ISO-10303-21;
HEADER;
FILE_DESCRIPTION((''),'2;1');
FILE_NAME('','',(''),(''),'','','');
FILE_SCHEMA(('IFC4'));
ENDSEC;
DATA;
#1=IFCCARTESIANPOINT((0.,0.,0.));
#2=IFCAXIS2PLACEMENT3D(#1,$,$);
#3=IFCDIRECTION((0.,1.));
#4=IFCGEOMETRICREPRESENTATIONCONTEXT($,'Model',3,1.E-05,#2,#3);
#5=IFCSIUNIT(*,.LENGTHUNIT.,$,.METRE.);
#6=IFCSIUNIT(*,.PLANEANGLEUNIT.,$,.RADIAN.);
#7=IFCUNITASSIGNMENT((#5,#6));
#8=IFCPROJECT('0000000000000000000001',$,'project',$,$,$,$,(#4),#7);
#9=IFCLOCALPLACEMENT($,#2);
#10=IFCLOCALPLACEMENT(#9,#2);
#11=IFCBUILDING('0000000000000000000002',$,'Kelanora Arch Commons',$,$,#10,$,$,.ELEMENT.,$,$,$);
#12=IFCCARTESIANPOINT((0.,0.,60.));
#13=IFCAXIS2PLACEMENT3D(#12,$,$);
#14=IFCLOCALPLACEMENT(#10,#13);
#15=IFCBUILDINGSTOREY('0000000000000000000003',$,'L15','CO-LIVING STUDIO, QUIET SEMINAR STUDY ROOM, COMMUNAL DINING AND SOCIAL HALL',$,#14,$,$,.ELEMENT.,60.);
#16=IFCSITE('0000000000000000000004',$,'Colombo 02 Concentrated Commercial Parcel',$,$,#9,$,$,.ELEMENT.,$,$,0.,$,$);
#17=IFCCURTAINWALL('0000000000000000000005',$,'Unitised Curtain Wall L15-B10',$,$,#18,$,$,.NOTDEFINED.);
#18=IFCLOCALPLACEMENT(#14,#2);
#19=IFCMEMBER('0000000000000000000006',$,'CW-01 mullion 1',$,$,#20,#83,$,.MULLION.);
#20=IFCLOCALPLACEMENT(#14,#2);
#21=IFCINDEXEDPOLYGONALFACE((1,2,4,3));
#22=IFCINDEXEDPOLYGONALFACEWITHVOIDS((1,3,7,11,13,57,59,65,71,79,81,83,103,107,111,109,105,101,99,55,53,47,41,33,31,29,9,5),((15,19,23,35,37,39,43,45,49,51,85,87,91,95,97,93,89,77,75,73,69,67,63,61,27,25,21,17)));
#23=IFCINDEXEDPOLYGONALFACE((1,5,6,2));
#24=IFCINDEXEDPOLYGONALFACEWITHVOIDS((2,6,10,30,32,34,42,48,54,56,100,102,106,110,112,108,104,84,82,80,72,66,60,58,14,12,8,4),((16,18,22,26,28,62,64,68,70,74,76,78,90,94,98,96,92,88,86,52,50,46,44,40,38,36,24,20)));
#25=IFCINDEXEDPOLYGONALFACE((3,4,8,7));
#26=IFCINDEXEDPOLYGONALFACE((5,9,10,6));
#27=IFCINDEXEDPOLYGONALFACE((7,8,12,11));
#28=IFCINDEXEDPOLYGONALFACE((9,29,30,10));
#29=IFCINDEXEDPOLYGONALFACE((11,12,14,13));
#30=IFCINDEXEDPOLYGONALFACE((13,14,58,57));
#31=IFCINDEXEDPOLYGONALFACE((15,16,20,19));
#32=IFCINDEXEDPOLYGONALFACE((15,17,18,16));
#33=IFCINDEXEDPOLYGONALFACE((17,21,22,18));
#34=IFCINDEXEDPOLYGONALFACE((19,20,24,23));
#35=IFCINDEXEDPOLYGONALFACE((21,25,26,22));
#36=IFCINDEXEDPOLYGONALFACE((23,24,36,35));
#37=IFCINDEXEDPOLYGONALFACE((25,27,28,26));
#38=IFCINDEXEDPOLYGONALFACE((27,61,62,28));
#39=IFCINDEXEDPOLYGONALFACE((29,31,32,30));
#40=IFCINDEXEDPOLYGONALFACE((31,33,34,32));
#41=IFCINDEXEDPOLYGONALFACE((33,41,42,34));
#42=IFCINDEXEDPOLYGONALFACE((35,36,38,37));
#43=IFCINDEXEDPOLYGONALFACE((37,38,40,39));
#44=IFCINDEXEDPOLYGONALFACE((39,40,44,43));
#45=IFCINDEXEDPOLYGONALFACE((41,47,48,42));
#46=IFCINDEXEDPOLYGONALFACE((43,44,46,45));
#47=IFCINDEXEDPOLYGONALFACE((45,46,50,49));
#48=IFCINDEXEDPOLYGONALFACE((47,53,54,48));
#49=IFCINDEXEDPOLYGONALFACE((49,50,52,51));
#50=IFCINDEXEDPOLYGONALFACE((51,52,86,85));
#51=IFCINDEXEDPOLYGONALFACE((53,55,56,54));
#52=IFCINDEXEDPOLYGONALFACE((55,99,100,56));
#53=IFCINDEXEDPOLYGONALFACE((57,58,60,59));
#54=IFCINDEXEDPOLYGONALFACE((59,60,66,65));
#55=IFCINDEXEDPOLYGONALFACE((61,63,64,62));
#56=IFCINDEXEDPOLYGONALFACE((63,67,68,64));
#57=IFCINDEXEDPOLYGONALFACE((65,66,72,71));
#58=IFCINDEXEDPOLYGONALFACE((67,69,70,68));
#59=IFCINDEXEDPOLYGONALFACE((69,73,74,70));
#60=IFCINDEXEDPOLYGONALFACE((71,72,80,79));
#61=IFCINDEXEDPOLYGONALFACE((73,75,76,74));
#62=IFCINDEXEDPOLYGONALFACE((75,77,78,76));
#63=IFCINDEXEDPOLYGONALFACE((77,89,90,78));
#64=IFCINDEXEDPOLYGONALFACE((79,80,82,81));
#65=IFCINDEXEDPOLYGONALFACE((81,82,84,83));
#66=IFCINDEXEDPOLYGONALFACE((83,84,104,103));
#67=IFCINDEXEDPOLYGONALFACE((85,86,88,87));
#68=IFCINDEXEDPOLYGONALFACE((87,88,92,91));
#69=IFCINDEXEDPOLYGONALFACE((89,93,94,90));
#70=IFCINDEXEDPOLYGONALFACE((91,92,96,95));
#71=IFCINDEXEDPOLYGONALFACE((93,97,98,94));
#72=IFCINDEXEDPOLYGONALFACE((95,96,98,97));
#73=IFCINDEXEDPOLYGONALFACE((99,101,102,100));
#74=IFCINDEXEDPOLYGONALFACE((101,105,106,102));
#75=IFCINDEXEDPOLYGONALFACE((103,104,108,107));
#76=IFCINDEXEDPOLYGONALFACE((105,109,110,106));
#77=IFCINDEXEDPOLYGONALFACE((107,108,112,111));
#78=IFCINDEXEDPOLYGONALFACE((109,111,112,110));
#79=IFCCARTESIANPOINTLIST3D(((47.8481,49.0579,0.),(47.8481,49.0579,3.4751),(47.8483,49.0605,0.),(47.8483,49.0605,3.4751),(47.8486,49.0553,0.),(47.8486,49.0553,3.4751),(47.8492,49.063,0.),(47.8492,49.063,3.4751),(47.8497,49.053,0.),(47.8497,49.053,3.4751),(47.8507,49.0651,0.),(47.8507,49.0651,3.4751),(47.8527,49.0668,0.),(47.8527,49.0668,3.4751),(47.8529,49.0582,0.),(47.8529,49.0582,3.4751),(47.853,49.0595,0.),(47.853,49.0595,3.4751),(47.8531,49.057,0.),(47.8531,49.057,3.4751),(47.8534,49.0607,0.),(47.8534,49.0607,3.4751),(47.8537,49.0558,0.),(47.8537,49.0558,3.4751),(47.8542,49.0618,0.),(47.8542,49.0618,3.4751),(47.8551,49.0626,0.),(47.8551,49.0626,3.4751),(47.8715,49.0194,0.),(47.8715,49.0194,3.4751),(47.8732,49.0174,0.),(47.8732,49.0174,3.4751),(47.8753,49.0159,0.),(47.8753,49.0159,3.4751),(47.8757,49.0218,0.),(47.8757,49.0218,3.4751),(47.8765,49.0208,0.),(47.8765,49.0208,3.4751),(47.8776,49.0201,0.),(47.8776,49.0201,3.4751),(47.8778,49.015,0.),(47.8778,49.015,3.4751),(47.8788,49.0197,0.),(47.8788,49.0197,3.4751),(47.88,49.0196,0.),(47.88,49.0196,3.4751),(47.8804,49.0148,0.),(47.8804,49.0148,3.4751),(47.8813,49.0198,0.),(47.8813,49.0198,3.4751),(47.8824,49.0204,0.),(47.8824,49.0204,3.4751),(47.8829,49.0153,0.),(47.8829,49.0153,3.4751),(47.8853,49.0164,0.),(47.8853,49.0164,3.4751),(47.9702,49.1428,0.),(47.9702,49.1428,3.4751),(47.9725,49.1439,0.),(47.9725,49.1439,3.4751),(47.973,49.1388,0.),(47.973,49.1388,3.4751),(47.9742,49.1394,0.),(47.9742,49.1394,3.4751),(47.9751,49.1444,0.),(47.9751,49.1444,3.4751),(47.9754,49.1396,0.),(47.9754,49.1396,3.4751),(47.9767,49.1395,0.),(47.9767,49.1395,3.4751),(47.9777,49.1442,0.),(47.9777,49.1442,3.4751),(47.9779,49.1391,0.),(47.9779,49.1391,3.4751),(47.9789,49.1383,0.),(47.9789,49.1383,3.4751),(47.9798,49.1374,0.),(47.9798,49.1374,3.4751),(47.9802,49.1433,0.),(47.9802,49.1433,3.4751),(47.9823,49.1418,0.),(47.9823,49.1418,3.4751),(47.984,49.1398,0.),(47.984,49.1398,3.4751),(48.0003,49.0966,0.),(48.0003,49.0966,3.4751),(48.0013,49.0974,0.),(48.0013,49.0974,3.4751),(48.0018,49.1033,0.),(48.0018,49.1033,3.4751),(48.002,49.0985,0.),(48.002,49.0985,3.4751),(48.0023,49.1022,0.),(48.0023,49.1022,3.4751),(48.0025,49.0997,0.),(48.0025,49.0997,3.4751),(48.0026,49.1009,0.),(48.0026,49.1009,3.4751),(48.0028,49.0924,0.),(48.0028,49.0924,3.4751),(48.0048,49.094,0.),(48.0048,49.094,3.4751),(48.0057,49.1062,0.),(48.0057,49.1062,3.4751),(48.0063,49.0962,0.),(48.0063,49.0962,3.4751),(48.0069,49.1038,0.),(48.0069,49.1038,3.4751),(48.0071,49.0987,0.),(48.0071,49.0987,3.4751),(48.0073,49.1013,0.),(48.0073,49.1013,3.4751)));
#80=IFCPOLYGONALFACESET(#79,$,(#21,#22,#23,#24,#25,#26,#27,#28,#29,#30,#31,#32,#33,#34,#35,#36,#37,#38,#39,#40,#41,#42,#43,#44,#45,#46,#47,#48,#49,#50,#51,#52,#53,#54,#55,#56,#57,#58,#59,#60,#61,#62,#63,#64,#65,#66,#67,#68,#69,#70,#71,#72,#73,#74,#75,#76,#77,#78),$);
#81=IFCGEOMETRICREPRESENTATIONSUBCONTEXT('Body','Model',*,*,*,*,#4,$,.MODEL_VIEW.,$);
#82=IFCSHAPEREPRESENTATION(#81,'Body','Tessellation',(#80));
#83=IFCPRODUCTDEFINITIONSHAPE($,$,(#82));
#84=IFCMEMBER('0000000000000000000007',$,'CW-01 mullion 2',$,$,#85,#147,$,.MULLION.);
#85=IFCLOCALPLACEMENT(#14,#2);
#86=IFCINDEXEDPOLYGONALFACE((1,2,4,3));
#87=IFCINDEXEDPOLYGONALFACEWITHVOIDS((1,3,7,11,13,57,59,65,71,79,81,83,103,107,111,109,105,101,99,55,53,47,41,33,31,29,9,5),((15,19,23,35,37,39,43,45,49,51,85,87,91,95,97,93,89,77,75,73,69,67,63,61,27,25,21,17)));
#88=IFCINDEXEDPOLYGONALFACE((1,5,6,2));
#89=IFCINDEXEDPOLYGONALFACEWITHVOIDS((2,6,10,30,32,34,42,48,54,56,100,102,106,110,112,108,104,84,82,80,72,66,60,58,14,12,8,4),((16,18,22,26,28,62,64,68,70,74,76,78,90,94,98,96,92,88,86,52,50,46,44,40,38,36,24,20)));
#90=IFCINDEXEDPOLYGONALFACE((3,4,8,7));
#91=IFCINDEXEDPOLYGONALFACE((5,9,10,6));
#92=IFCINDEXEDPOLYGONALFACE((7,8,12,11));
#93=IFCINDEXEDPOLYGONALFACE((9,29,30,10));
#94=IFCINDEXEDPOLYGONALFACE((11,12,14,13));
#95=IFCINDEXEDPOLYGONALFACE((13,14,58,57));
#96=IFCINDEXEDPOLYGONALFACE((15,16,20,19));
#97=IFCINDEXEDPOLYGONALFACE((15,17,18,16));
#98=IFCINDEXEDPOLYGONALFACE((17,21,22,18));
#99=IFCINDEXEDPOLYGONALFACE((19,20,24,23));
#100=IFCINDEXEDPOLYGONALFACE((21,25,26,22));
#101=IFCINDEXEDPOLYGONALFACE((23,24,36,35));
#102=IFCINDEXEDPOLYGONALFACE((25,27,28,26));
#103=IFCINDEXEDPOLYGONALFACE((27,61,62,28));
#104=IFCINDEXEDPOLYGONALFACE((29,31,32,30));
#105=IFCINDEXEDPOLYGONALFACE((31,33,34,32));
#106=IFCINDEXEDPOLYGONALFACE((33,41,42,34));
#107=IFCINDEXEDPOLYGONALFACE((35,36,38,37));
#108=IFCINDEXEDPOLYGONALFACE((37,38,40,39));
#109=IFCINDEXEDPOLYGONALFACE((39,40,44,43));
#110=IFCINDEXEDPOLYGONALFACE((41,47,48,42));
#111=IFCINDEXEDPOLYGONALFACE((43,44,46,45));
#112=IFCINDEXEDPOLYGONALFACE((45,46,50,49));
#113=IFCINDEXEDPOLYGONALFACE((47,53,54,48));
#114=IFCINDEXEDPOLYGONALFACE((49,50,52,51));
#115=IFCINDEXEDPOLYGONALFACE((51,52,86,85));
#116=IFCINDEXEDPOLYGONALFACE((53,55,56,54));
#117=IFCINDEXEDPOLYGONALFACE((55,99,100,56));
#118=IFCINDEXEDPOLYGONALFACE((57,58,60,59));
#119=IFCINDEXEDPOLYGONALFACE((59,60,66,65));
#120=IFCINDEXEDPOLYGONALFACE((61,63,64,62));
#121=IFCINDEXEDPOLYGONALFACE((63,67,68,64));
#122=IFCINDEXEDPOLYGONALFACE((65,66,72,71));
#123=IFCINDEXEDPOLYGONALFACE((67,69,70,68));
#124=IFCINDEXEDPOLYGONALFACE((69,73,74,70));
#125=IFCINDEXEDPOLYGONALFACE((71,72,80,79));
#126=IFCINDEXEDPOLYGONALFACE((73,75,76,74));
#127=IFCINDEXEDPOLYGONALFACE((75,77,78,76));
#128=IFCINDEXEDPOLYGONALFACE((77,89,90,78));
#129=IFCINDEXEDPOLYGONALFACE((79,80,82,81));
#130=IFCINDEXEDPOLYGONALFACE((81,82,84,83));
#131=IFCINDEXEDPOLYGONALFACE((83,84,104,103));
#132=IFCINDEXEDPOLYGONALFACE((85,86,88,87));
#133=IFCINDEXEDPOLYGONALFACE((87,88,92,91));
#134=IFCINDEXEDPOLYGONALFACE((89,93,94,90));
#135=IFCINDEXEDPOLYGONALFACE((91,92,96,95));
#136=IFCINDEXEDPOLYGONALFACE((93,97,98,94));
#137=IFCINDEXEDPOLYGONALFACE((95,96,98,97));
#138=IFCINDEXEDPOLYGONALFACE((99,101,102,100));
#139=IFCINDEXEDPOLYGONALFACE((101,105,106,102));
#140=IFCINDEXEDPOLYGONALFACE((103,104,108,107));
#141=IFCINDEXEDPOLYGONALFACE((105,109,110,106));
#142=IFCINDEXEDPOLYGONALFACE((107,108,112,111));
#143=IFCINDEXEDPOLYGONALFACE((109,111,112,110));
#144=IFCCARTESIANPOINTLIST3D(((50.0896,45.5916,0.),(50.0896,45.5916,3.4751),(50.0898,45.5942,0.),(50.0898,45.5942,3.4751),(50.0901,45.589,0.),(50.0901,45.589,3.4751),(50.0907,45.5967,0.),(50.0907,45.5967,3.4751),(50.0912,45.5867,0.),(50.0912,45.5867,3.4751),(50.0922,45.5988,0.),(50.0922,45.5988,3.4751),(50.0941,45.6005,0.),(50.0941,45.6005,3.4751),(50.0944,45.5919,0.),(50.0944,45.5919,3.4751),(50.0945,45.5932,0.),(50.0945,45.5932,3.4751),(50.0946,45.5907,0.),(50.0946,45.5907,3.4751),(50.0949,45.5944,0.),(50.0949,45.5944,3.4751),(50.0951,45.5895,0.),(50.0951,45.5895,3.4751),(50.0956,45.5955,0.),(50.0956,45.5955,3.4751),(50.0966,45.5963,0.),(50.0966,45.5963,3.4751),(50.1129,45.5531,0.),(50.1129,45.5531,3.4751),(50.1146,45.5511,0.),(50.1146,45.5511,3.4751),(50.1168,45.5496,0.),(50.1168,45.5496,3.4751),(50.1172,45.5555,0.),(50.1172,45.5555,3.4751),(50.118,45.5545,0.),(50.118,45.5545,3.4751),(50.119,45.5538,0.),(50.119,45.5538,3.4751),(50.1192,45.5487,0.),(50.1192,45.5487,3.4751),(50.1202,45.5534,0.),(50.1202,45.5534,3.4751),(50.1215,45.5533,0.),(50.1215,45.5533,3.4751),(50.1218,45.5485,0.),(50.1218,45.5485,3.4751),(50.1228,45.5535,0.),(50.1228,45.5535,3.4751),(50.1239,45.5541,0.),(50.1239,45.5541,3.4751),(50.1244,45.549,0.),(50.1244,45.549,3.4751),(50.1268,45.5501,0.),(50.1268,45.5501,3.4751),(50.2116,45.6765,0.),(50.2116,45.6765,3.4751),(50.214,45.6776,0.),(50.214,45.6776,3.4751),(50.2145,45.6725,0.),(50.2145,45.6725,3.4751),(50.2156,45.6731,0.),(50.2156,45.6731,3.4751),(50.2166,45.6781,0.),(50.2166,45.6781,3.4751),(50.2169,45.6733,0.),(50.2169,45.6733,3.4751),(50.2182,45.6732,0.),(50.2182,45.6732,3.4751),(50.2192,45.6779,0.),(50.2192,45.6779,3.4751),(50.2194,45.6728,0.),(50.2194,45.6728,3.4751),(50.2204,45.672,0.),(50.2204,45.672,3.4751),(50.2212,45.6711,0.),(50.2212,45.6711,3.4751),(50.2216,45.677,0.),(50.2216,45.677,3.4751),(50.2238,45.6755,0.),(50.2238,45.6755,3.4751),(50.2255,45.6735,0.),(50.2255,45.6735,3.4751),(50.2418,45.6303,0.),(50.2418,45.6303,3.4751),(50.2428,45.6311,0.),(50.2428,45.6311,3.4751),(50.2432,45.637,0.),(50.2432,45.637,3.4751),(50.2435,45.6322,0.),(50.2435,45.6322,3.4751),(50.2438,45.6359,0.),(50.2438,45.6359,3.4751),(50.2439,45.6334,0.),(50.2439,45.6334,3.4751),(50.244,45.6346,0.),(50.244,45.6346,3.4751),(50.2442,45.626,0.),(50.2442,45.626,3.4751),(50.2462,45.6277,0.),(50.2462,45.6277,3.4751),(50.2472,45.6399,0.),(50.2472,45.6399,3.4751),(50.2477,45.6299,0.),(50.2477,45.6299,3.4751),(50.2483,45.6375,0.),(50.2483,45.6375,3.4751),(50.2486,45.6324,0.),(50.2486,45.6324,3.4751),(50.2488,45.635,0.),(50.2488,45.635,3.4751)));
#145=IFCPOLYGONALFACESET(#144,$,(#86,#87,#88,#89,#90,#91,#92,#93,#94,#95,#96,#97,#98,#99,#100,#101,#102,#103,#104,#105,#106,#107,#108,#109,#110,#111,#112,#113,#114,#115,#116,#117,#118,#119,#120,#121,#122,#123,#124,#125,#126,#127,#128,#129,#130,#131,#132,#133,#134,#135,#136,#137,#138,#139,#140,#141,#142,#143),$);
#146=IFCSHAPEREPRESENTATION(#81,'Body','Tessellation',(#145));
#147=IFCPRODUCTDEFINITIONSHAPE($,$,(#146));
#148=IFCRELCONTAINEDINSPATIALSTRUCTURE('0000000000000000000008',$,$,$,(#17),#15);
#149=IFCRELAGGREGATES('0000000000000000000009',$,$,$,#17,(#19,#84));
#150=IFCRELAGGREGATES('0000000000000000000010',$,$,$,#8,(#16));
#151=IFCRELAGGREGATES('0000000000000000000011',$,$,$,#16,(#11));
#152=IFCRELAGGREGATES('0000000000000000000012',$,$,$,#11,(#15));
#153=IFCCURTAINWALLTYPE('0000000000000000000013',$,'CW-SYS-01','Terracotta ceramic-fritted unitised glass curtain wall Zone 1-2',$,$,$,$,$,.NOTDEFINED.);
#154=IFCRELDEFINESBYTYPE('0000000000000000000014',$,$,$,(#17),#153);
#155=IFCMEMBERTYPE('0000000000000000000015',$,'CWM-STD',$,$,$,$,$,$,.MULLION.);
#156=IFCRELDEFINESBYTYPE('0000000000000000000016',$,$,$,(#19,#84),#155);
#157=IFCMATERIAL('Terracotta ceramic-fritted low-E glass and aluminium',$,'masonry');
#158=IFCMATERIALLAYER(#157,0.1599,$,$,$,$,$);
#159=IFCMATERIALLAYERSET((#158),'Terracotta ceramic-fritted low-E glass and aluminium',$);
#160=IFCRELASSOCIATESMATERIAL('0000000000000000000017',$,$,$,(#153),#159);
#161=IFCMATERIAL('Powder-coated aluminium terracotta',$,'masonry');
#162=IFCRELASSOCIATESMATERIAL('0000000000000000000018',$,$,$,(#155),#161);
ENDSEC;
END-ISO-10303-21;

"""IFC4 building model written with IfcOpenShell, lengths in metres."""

from ifc_helpers import new_model, si_unit, direction, frame, origin, origin_2d, place, context, subcontext, project, spatial, hollow_rectangle, extrude, material, layer, layer_set, material_profile, profile_set, type_object, element, aggregate, save


model = new_model("IFC4")

# Units and contexts
model_context = context("Model", 3, precision=1e-05, world=origin(), true_north=direction((0.0, 1.0)))
body_context = subcontext(model_context, "Body", "Model", "MODEL_VIEW")
ifc_project = project(units=[si_unit("LENGTHUNIT", "METRE"), si_unit("PLANEANGLEUNIT", "RADIAN")], contexts=[model_context])

# Site, building, storey
site_placement = place(None, origin())
site = spatial("IfcSite", under=ifc_project, at=site_placement, Name="Colombo 02 Concentrated Commercial Parcel", CompositionType="ELEMENT", RefElevation=0.0)
building_placement = place(site_placement, origin())
building = spatial("IfcBuilding", under=site, at=building_placement, Name="Kelanora Arch Commons", CompositionType="ELEMENT")
storey_placement = place(building_placement, frame((0.0, 0.0, 60.0)))
storey = spatial("IfcBuildingStorey", under=building, at=storey_placement, Name="L15", Description="CO-LIVING STUDIO, QUIET SEMINAR STUDY ROOM, COMMUNAL DINING AND SOCIAL HALL", CompositionType="ELEMENT", Elevation=60.0)

# Shared definitions
ifc_material_1 = material(Name="Terracotta ceramic-fritted low-E glass and aluminium", Category="masonry")
ifc_layer_1 = layer(ifc_material_1, 0.1599)
ifc_layer_set_1 = layer_set([ifc_layer_1], Name="Terracotta ceramic-fritted low-E glass and aluminium")
curtain_wall_type = type_object("IfcCurtainWallType", Name="CW-SYS-01", Description="Terracotta ceramic-fritted unitised glass curtain wall Zone 1-2", PredefinedType="NOTDEFINED", material=ifc_layer_set_1)
ifc_material_2 = material(Name="Powder-coated aluminium terracotta", Category="masonry")
ifc_material_profile_1 = material_profile(ifc_material_2, hollow_rectangle(XDim=0.1599, YDim=0.0601, WallThickness=0.0049, InnerFilletRadius=0.0049, OuterFilletRadius=0.01, at=origin_2d()), Name="CWM160x60")
ifc_profile_set_1 = profile_set([ifc_material_profile_1], Name="Powder-coated aluminium terracotta")
member_type_1 = type_object("IfcMemberType", Name="CWM-STD", PredefinedType="MULLION", material=ifc_profile_set_1)

# Curtain wall, members
curtain_wall_1_placement = place(storey_placement, origin())
curtain_wall_1 = element("IfcCurtainWall", 1, at=curtain_wall_1_placement, inside=storey, type_object=curtain_wall_type, Name="Unitised Curtain Wall L15-B10", PredefinedType="NOTDEFINED")
member_1_placement = place(storey_placement, frame((47.9277, 49.0796, 0.0), z_axis=(0.0, 0.0, 1.0), x_axis=(0.83973, 0.543004, 0.0)))
member_1 = element("IfcMember", 2, at=member_1_placement, type_object=member_type_1, Name="CW-01 mullion 1", PredefinedType="MULLION", context=body_context, shape_type="SweptSolid", body=[
    extrude(hollow_rectangle(XDim=0.1599, YDim=0.0601, WallThickness=0.0049, InnerFilletRadius=0.0049, OuterFilletRadius=0.01, at=origin_2d()), origin(), (0.0, 0.0, 1.0), 3.4751),
])
member_2_placement = place(storey_placement, frame((50.1692, 45.6133, 0.0), z_axis=(0.0, 0.0, 1.0), x_axis=(0.83973, 0.543004, 0.0)))
member_2 = element("IfcMember", 3, at=member_2_placement, type_object=member_type_1, Name="CW-01 mullion 2", PredefinedType="MULLION", context=body_context, shape_type="SweptSolid", body=[
    extrude(hollow_rectangle(XDim=0.1599, YDim=0.0601, WallThickness=0.0049, InnerFilletRadius=0.0049, OuterFilletRadius=0.01, at=origin_2d()), origin(), (0.0, 0.0, 1.0), 3.4751),
])

aggregate(curtain_wall_1, [member_1, member_2])

save(model, "model.ifc")
